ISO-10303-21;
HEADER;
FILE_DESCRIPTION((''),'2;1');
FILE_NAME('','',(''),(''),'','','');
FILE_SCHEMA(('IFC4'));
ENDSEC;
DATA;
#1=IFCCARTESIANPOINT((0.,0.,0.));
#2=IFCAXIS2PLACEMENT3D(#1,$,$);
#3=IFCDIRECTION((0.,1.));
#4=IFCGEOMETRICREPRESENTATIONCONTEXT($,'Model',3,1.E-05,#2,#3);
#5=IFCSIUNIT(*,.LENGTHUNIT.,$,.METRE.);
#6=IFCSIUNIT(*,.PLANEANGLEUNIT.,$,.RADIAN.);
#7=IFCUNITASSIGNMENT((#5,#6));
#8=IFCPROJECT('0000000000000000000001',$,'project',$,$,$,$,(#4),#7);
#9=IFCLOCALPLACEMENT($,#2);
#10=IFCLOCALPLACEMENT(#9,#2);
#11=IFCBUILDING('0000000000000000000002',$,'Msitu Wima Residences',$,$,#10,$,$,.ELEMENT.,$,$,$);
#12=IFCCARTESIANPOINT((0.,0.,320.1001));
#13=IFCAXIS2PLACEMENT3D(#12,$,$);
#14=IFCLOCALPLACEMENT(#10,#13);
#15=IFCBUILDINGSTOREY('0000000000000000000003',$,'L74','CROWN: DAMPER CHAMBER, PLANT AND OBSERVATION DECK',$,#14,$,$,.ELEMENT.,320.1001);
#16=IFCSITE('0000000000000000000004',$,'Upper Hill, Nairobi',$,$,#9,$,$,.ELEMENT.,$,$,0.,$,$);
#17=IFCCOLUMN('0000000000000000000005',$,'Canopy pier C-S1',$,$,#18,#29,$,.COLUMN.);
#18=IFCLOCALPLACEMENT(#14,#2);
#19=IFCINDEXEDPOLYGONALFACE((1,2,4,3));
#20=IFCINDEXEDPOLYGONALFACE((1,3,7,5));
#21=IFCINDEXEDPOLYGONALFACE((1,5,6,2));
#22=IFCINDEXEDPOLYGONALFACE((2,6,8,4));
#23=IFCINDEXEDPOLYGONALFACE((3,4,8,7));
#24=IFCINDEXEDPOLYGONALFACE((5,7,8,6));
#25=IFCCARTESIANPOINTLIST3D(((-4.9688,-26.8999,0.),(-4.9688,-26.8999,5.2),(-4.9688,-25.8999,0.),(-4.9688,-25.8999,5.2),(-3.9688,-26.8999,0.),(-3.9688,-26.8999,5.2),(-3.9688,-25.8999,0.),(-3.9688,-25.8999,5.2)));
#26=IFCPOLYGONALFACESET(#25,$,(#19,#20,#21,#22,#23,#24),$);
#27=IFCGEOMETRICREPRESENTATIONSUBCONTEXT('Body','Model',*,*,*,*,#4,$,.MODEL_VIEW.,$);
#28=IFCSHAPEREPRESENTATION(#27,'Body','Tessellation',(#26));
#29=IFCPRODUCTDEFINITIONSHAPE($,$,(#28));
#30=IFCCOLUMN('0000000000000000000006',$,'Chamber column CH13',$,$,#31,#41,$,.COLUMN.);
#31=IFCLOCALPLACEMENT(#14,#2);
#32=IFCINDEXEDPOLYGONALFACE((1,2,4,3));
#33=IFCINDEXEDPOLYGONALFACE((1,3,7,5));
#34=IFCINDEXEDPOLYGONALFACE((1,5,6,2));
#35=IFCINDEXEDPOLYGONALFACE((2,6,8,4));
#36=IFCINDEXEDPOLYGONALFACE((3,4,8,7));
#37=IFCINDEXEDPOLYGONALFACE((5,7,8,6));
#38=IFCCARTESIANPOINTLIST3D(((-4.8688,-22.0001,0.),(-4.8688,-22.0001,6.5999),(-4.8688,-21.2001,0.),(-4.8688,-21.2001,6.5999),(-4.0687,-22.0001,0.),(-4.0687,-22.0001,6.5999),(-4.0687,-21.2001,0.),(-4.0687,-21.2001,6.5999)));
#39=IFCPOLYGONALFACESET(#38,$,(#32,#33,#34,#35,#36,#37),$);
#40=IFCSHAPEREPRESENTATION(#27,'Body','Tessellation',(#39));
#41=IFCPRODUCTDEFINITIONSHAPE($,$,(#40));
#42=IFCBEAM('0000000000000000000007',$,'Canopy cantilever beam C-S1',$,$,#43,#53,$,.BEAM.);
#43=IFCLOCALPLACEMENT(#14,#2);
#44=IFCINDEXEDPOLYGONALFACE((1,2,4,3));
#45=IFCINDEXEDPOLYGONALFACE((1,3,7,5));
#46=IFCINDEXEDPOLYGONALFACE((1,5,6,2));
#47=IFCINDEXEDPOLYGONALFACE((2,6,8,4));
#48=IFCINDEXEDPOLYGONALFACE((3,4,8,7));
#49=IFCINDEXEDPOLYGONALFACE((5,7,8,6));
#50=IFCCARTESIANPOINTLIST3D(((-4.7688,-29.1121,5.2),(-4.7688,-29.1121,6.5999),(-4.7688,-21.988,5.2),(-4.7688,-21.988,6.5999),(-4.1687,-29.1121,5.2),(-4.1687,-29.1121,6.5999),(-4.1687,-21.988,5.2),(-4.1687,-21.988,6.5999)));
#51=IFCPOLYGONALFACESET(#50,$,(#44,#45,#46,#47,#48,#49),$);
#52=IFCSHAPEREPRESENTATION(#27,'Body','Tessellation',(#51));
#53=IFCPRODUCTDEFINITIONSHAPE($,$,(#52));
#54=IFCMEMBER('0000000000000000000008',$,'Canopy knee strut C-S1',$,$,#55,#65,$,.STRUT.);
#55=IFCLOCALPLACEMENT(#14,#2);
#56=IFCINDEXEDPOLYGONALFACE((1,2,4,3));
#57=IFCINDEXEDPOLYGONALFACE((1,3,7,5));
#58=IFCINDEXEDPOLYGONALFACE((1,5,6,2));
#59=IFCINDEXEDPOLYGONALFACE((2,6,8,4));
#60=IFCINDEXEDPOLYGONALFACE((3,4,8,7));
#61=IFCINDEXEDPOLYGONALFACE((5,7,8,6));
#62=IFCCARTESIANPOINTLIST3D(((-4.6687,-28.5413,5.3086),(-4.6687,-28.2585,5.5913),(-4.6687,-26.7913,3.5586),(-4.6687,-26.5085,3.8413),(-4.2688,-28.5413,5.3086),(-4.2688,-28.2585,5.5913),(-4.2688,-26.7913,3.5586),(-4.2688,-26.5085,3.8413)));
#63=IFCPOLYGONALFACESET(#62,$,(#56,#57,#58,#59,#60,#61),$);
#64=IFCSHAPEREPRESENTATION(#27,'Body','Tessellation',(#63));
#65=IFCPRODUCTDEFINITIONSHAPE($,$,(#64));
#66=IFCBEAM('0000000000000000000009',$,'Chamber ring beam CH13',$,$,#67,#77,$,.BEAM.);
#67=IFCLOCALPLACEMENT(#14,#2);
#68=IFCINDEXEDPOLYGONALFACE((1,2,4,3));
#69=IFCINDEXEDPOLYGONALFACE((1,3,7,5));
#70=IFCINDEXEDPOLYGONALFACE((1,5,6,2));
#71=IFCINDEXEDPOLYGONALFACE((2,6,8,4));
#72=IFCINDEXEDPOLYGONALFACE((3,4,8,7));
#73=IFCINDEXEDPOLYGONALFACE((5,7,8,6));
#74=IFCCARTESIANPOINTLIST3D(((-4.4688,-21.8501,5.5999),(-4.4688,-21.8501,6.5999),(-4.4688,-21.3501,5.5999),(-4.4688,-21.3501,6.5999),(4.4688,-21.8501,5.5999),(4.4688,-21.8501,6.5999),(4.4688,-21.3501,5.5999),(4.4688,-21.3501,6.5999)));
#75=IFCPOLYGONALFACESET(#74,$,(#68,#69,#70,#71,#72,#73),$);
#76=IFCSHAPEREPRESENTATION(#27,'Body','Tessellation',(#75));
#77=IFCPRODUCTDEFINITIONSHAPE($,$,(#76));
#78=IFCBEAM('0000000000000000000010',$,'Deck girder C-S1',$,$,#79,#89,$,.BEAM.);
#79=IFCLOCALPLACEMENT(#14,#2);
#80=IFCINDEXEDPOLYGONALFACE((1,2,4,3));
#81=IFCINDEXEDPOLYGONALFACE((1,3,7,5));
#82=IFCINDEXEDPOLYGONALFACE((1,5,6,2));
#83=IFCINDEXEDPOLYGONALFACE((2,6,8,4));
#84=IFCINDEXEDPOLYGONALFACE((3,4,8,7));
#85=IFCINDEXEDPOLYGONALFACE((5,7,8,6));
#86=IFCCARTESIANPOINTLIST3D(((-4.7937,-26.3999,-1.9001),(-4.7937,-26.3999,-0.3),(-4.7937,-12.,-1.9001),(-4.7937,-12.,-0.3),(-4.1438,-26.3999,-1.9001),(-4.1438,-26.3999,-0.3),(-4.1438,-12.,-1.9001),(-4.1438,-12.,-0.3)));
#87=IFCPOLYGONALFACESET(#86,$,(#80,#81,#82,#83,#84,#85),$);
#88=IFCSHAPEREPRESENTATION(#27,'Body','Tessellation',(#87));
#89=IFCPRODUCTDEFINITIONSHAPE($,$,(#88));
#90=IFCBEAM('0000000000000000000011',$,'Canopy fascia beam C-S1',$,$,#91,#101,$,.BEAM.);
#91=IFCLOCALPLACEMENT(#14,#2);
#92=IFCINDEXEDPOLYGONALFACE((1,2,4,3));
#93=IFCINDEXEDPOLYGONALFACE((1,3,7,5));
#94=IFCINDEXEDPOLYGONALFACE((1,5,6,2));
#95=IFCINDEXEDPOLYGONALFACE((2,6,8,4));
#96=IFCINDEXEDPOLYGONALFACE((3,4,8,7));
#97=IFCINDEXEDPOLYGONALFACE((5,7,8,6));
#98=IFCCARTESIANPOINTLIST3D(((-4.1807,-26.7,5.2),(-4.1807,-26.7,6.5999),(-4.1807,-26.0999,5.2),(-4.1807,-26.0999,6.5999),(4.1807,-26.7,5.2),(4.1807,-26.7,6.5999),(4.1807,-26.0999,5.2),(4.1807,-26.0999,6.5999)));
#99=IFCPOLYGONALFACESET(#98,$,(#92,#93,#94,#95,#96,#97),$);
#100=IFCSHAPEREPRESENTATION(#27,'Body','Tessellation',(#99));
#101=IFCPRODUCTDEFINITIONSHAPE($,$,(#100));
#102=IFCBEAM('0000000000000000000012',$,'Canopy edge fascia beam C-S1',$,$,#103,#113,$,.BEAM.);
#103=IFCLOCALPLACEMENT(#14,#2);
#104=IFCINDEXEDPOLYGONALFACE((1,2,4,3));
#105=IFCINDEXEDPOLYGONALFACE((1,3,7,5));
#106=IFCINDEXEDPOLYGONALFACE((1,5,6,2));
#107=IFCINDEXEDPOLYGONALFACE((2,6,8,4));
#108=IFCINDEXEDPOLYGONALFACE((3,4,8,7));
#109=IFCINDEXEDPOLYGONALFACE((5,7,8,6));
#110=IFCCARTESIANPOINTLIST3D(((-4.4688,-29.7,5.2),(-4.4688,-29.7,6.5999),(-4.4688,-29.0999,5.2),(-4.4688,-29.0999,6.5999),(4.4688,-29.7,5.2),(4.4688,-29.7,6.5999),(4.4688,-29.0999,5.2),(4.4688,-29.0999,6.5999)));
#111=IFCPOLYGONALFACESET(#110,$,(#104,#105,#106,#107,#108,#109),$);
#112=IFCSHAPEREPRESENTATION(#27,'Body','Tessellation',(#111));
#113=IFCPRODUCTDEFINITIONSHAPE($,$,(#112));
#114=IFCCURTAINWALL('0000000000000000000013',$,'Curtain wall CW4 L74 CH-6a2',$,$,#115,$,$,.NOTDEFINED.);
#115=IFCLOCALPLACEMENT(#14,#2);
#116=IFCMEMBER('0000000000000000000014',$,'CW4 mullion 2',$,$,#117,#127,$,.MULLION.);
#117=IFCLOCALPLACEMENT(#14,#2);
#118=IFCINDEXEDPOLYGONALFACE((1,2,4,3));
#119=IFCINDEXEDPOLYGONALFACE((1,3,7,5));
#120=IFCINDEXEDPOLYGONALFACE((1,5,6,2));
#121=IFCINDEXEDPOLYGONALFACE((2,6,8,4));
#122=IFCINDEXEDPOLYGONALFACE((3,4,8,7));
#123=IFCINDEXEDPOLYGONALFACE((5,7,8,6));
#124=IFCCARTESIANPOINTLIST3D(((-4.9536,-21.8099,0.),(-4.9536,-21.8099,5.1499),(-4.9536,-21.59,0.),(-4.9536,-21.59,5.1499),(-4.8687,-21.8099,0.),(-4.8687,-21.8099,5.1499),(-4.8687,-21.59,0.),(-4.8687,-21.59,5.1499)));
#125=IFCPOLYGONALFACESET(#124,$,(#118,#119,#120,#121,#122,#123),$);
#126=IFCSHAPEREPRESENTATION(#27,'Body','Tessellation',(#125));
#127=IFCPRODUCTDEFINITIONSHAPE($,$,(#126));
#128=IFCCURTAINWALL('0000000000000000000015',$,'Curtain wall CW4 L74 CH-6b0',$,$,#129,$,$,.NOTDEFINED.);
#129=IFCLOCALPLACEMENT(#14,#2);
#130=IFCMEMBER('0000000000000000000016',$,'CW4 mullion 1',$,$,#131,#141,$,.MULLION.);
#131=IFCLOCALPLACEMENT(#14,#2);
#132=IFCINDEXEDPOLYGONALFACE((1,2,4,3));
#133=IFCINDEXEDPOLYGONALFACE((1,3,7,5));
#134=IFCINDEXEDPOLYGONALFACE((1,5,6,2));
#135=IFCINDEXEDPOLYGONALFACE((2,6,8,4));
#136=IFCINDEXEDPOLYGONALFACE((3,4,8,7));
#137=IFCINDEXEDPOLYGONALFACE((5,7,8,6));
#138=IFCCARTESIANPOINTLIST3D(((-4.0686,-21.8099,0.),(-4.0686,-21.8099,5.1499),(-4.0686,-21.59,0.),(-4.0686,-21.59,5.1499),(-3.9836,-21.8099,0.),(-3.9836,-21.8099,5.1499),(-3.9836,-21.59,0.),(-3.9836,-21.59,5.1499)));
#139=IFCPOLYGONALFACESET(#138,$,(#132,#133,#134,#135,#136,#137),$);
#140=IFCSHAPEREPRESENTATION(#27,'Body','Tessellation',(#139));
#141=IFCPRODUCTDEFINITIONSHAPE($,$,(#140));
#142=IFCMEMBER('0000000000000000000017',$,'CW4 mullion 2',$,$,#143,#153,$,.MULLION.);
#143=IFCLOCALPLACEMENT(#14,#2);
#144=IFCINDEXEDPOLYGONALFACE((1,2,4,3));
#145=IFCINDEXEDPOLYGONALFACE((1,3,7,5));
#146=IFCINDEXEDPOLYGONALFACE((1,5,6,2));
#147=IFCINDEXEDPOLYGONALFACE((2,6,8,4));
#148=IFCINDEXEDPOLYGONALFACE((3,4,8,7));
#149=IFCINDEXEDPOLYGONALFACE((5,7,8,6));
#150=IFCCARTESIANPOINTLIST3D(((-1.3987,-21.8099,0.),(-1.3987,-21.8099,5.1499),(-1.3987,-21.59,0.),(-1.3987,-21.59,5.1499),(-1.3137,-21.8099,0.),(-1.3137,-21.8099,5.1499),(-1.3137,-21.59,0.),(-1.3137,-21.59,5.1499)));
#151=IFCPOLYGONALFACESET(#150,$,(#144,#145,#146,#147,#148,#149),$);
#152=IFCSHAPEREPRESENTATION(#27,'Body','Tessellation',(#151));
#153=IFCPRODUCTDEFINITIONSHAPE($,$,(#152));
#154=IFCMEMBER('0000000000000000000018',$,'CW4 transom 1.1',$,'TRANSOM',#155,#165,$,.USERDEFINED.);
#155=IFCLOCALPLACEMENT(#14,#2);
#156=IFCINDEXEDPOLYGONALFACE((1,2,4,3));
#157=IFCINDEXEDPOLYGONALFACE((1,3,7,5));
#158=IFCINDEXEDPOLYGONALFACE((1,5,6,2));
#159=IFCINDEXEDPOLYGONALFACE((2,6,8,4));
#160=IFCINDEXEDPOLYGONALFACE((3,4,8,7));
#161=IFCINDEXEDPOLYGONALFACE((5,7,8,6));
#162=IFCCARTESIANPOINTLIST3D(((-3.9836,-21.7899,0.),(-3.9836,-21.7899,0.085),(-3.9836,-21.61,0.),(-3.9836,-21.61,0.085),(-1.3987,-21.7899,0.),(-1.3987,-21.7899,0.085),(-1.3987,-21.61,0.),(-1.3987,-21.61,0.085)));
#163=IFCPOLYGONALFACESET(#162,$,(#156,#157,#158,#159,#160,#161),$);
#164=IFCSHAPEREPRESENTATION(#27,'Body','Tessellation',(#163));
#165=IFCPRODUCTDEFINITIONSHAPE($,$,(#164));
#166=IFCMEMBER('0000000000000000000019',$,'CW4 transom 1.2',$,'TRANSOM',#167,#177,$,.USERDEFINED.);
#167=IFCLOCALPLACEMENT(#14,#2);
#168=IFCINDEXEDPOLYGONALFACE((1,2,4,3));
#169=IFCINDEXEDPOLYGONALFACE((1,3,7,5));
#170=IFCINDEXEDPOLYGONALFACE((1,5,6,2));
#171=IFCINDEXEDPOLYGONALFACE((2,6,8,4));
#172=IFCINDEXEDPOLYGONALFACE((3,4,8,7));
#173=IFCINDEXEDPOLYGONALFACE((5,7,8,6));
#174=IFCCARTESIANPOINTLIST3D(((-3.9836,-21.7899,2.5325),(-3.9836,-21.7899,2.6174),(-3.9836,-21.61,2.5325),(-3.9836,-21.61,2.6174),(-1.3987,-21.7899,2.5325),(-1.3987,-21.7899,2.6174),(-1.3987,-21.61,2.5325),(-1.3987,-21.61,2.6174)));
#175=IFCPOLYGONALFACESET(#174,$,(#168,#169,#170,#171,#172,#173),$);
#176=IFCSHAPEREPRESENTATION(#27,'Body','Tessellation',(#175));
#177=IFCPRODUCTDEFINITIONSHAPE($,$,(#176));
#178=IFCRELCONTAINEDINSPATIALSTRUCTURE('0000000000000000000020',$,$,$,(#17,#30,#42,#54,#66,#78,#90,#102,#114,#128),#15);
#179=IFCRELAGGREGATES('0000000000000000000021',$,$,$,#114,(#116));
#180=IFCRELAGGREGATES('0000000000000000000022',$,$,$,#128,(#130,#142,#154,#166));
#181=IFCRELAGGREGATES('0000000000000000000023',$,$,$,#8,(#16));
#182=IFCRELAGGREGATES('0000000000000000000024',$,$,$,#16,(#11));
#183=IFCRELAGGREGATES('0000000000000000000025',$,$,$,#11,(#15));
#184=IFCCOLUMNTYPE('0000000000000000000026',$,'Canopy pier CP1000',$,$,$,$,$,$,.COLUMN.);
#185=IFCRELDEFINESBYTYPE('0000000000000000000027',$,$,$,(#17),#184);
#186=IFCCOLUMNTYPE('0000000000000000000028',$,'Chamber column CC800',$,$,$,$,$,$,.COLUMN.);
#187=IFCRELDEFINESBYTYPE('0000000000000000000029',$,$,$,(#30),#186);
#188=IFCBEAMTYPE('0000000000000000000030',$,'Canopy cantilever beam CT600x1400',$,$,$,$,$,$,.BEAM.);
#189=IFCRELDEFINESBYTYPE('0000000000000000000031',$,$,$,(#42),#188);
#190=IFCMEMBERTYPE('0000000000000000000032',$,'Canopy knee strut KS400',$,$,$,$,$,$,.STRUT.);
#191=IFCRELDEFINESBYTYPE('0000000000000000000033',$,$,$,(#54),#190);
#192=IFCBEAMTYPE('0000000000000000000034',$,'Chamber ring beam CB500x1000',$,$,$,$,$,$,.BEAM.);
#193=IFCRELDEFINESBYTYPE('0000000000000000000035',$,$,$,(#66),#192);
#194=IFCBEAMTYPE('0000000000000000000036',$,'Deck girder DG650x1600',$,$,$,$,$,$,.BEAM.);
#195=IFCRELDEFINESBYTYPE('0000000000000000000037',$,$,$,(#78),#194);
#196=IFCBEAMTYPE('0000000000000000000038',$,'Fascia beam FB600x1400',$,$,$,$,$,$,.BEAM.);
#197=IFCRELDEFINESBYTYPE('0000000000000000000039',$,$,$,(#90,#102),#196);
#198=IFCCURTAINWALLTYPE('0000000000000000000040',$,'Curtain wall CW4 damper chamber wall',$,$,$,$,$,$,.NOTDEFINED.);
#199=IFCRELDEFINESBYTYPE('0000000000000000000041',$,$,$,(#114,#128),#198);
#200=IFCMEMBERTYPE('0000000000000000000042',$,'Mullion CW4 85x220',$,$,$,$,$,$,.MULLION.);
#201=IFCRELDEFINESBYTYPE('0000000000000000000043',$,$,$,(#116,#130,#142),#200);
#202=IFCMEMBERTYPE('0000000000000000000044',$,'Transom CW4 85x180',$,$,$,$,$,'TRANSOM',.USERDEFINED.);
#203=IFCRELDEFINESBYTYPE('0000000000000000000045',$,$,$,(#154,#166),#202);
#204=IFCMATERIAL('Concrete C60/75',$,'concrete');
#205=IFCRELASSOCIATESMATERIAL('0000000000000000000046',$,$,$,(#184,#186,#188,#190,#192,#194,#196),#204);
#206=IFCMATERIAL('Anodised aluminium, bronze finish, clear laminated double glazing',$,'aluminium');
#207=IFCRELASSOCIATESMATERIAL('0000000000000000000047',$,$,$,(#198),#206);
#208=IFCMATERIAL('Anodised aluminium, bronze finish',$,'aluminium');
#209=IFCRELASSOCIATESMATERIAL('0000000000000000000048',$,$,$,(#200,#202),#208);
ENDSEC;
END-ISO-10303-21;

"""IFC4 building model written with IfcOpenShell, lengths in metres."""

from ifc_helpers import new_model, si_unit, direction, frame, origin, origin_2d, place, context, subcontext, project, spatial, rectangle, extrude, material, material_profile, profile_set, type_object, element, aggregate, save


model = new_model("IFC4")

# Units and contexts
model_context = context("Model", 3, precision=1e-05, world=origin(), true_north=direction((0.0, 1.0)))
body_context = subcontext(model_context, "Body", "Model", "MODEL_VIEW")
ifc_project = project(units=[si_unit("LENGTHUNIT", "METRE"), si_unit("PLANEANGLEUNIT", "RADIAN")], contexts=[model_context])

# Site, building, storey
site_placement = place(None, origin())
site = spatial("IfcSite", under=ifc_project, at=site_placement, Name="Upper Hill, Nairobi", CompositionType="ELEMENT", RefElevation=0.0)
building_placement = place(site_placement, origin())
building = spatial("IfcBuilding", under=site, at=building_placement, Name="Msitu Wima Residences", CompositionType="ELEMENT")
storey_placement = place(building_placement, frame((0.0, 0.0, 320.1001)))
storey = spatial("IfcBuildingStorey", under=building, at=storey_placement, Name="L74", Description="CROWN: DAMPER CHAMBER, PLANT AND OBSERVATION DECK", CompositionType="ELEMENT", Elevation=320.1001)

# Columns
ifc_material_1 = material(Name="Concrete C60/75", Category="concrete")
ifc_material_profile_1 = material_profile(ifc_material_1, rectangle(XDim=1.0, YDim=1.0, at=origin_2d()), Name="RC 1000x1000")
ifc_profile_set_1 = profile_set([ifc_material_profile_1], Name="Concrete C60/75")
column_type_1 = type_object("IfcColumnType", Name="Canopy pier CP1000", PredefinedType="COLUMN", material=ifc_profile_set_1)
column_1_placement = place(storey_placement, frame((-4.4688, -26.3999, 0.0), z_axis=(0.0, 0.0, 1.0), x_axis=(1.0, 0.0, 0.0)))
element("IfcColumn", 1, at=column_1_placement, inside=storey, type_object=column_type_1, Name="Canopy pier C-S1", PredefinedType="COLUMN", context=body_context, shape_type="SweptSolid", body=[
    extrude(rectangle(XDim=1.0, YDim=1.0, at=origin_2d()), origin(), (0.0, 0.0, 1.0), 5.2),
])
ifc_material_profile_2 = material_profile(ifc_material_1, rectangle(XDim=0.8, YDim=0.8, at=origin_2d()), Name="RC 800x800")
ifc_profile_set_2 = profile_set([ifc_material_profile_2], Name="Concrete C60/75")
column_type_2 = type_object("IfcColumnType", Name="Chamber column CC800", PredefinedType="COLUMN", material=ifc_profile_set_2)
column_2_placement = place(storey_placement, frame((-4.4688, -21.6001, 0.0), z_axis=(0.0, 0.0, 1.0), x_axis=(1.0, 0.0, 0.0)))
element("IfcColumn", 2, at=column_2_placement, inside=storey, type_object=column_type_2, Name="Chamber column CH13", PredefinedType="COLUMN", context=body_context, shape_type="SweptSolid", body=[
    extrude(rectangle(XDim=0.8, YDim=0.8, at=origin_2d()), origin(), (0.0, 0.0, 1.0), 6.5999),
])

# Beam
ifc_material_profile_3 = material_profile(ifc_material_1, rectangle(XDim=0.6001, YDim=1.3999, at=origin_2d()), Name="RC 600x1400")
ifc_profile_set_3 = profile_set([ifc_material_profile_3], Name="Concrete C60/75")
beam_type_1 = type_object("IfcBeamType", Name="Canopy cantilever beam CT600x1400", PredefinedType="BEAM", material=ifc_profile_set_3)
beam_1_placement = place(storey_placement, frame((-4.4688, -21.988, 5.8999), z_axis=(0.0, -1.0, 0.0), x_axis=(1.0, 0.0, 0.0)))
element("IfcBeam", 3, at=beam_1_placement, inside=storey, type_object=beam_type_1, Name="Canopy cantilever beam C-S1", PredefinedType="BEAM", context=body_context, shape_type="SweptSolid", body=[
    extrude(rectangle(XDim=0.6001, YDim=1.3999, at=origin_2d()), origin(), (0.0, 0.0, 1.0), 7.124),
])

# Member
ifc_material_profile_4 = material_profile(ifc_material_1, rectangle(XDim=0.3999, YDim=0.3999, at=origin_2d()), Name="RC 400x400")
ifc_profile_set_4 = profile_set([ifc_material_profile_4], Name="Concrete C60/75")
member_type_1 = type_object("IfcMemberType", Name="Canopy knee strut KS400", PredefinedType="STRUT", material=ifc_profile_set_4)
member_1_placement = place(storey_placement, frame((-4.4688, -26.6499, 3.7), z_axis=(0.0, -0.707107, 0.707107), x_axis=(1.0, 0.0, 0.0)))
element("IfcMember", 4, at=member_1_placement, inside=storey, type_object=member_type_1, Name="Canopy knee strut C-S1", PredefinedType="STRUT", context=body_context, shape_type="SweptSolid", body=[
    extrude(rectangle(XDim=0.3999, YDim=0.3999, at=origin_2d()), origin(), (0.0, 0.0, 1.0), 2.4749),
])

# Beams
ifc_material_profile_5 = material_profile(ifc_material_1, rectangle(XDim=0.5, YDim=1.0, at=origin_2d()), Name="RC 500x1000")
ifc_profile_set_5 = profile_set([ifc_material_profile_5], Name="Concrete C60/75")
beam_type_2 = type_object("IfcBeamType", Name="Chamber ring beam CB500x1000", PredefinedType="BEAM", material=ifc_profile_set_5)
beam_2_placement = place(storey_placement, frame((-4.4688, -21.6001, 6.0999), z_axis=(1.0, 0.0, 0.0), x_axis=(0.0, 1.0, 0.0)))
element("IfcBeam", 5, at=beam_2_placement, inside=storey, type_object=beam_type_2, Name="Chamber ring beam CH13", PredefinedType="BEAM", context=body_context, shape_type="SweptSolid", body=[
    extrude(rectangle(XDim=0.5, YDim=1.0, at=origin_2d()), origin(), (0.0, 0.0, 1.0), 8.9375),
])
ifc_material_profile_6 = material_profile(ifc_material_1, rectangle(XDim=0.6499, YDim=1.6001, at=origin_2d()), Name="RC 650x1600")
ifc_profile_set_6 = profile_set([ifc_material_profile_6], Name="Concrete C60/75")
beam_type_3 = type_object("IfcBeamType", Name="Deck girder DG650x1600", PredefinedType="BEAM", material=ifc_profile_set_6)
beam_3_placement = place(storey_placement, frame((-4.4688, -26.3999, -1.1001), z_axis=(0.0, 1.0, 0.0), x_axis=(-1.0, 0.0, 0.0)))
element("IfcBeam", 6, at=beam_3_placement, inside=storey, type_object=beam_type_3, Name="Deck girder C-S1", PredefinedType="BEAM", context=body_context, shape_type="SweptSolid", body=[
    extrude(rectangle(XDim=0.6499, YDim=1.6001, at=origin_2d()), origin(), (0.0, 0.0, 1.0), 14.3999),
])
ifc_material_profile_7 = material_profile(ifc_material_1, rectangle(XDim=0.6001, YDim=1.3999, at=origin_2d()), Name="RC 600x1400")
ifc_profile_set_7 = profile_set([ifc_material_profile_7], Name="Concrete C60/75")
beam_type_4 = type_object("IfcBeamType", Name="Fascia beam FB600x1400", PredefinedType="BEAM", material=ifc_profile_set_7)
beam_4_placement = place(storey_placement, frame((-4.1807, -26.3999, 5.8999), z_axis=(1.0, 0.0, 0.0), x_axis=(0.0, 1.0, 0.0)))
element("IfcBeam", 7, at=beam_4_placement, inside=storey, type_object=beam_type_4, Name="Canopy fascia beam C-S1", PredefinedType="BEAM", context=body_context, shape_type="SweptSolid", body=[
    extrude(rectangle(XDim=0.6001, YDim=1.3999, at=origin_2d()), origin(), (0.0, 0.0, 1.0), 8.3613),
])
beam_5_placement = place(storey_placement, frame((-4.4688, -29.3999, 5.8999), z_axis=(1.0, 0.0, 0.0), x_axis=(0.0, 1.0, 0.0)))
element("IfcBeam", 8, at=beam_5_placement, inside=storey, type_object=beam_type_4, Name="Canopy edge fascia beam C-S1", PredefinedType="BEAM", context=body_context, shape_type="SweptSolid", body=[
    extrude(rectangle(XDim=0.6001, YDim=1.3999, at=origin_2d()), origin(), (0.0, 0.0, 1.0), 8.9375),
])

# Curtain wall, member
ifc_material_2 = material(Name="Anodised aluminium, bronze finish, clear laminated double glazing", Category="aluminium")
curtain_wall_type = type_object("IfcCurtainWallType", Name="Curtain wall CW4 damper chamber wall", PredefinedType="NOTDEFINED", material=ifc_material_2)
curtain_wall_1_placement = place(storey_placement, origin())
curtain_wall_1 = element("IfcCurtainWall", 9, at=curtain_wall_1_placement, inside=storey, type_object=curtain_wall_type, Name="Curtain wall CW4 L74 CH-6a2", PredefinedType="NOTDEFINED")
ifc_material_3 = material(Name="Anodised aluminium, bronze finish", Category="aluminium")
ifc_material_profile_8 = material_profile(ifc_material_3, rectangle(XDim=0.22, YDim=0.085, at=origin_2d()), Name="Mullion 85x220")
ifc_profile_set_8 = profile_set([ifc_material_profile_8], Name="Anodised aluminium, bronze finish")
member_type_2 = type_object("IfcMemberType", Name="Mullion CW4 85x220", PredefinedType="MULLION", material=ifc_profile_set_8)
member_2_placement = place(storey_placement, frame((-4.9111, -21.7, 0.0), z_axis=(0.0, 0.0, 1.0), x_axis=(0.0, 1.0, 0.0)))
member_2 = element("IfcMember", 10, at=member_2_placement, type_object=member_type_2, Name="CW4 mullion 2", PredefinedType="MULLION", context=body_context, shape_type="SweptSolid", body=[
    extrude(rectangle(XDim=0.22, YDim=0.085, at=origin_2d()), origin(), (0.0, 0.0, 1.0), 5.1499),
])
aggregate(curtain_wall_1, [member_2])

# Curtain wall, members
curtain_wall_2_placement = place(storey_placement, origin())
curtain_wall_2 = element("IfcCurtainWall", 11, at=curtain_wall_2_placement, inside=storey, type_object=curtain_wall_type, Name="Curtain wall CW4 L74 CH-6b0", PredefinedType="NOTDEFINED")
member_3_placement = place(storey_placement, frame((-4.0261, -21.7, 0.0), z_axis=(0.0, 0.0, 1.0), x_axis=(0.0, 1.0, 0.0)))
member_3 = element("IfcMember", 12, at=member_3_placement, type_object=member_type_2, Name="CW4 mullion 1", PredefinedType="MULLION", context=body_context, shape_type="SweptSolid", body=[
    extrude(rectangle(XDim=0.22, YDim=0.085, at=origin_2d()), origin(), (0.0, 0.0, 1.0), 5.1499),
])
member_4_placement = place(storey_placement, frame((-1.3562, -21.7, 0.0), z_axis=(0.0, 0.0, 1.0), x_axis=(0.0, 1.0, 0.0)))
member_4 = element("IfcMember", 13, at=member_4_placement, type_object=member_type_2, Name="CW4 mullion 2", PredefinedType="MULLION", context=body_context, shape_type="SweptSolid", body=[
    extrude(rectangle(XDim=0.22, YDim=0.085, at=origin_2d()), origin(), (0.0, 0.0, 1.0), 5.1499),
])
ifc_material_profile_9 = material_profile(ifc_material_3, rectangle(XDim=0.1799, YDim=0.085, at=origin_2d()), Name="Transom 85x180")
ifc_profile_set_9 = profile_set([ifc_material_profile_9], Name="Anodised aluminium, bronze finish")
member_type_3 = type_object("IfcMemberType", Name="Transom CW4 85x180", ElementType="TRANSOM", PredefinedType="USERDEFINED", material=ifc_profile_set_9)
member_5_placement = place(storey_placement, frame((-3.9836, -21.7, 0.0425), z_axis=(1.0, 0.0, 0.0), x_axis=(0.0, 1.0, 0.0)))
member_5 = element("IfcMember", 14, at=member_5_placement, type_object=member_type_3, Name="CW4 transom 1.1", ObjectType="TRANSOM", PredefinedType="USERDEFINED", context=body_context, shape_type="SweptSolid", body=[
    extrude(rectangle(XDim=0.1799, YDim=0.085, at=origin_2d()), origin(), (0.0, 0.0, 1.0), 2.585),
])
member_6_placement = place(storey_placement, frame((-3.9836, -21.7, 2.575), z_axis=(1.0, 0.0, 0.0), x_axis=(0.0, 1.0, 0.0)))
member_6 = element("IfcMember", 15, at=member_6_placement, type_object=member_type_3, Name="CW4 transom 1.2", ObjectType="TRANSOM", PredefinedType="USERDEFINED", context=body_context, shape_type="SweptSolid", body=[
    extrude(rectangle(XDim=0.1799, YDim=0.085, at=origin_2d()), origin(), (0.0, 0.0, 1.0), 2.585),
])
aggregate(curtain_wall_2, [member_3, member_4, member_5, member_6])

save(model, "model.ifc")
